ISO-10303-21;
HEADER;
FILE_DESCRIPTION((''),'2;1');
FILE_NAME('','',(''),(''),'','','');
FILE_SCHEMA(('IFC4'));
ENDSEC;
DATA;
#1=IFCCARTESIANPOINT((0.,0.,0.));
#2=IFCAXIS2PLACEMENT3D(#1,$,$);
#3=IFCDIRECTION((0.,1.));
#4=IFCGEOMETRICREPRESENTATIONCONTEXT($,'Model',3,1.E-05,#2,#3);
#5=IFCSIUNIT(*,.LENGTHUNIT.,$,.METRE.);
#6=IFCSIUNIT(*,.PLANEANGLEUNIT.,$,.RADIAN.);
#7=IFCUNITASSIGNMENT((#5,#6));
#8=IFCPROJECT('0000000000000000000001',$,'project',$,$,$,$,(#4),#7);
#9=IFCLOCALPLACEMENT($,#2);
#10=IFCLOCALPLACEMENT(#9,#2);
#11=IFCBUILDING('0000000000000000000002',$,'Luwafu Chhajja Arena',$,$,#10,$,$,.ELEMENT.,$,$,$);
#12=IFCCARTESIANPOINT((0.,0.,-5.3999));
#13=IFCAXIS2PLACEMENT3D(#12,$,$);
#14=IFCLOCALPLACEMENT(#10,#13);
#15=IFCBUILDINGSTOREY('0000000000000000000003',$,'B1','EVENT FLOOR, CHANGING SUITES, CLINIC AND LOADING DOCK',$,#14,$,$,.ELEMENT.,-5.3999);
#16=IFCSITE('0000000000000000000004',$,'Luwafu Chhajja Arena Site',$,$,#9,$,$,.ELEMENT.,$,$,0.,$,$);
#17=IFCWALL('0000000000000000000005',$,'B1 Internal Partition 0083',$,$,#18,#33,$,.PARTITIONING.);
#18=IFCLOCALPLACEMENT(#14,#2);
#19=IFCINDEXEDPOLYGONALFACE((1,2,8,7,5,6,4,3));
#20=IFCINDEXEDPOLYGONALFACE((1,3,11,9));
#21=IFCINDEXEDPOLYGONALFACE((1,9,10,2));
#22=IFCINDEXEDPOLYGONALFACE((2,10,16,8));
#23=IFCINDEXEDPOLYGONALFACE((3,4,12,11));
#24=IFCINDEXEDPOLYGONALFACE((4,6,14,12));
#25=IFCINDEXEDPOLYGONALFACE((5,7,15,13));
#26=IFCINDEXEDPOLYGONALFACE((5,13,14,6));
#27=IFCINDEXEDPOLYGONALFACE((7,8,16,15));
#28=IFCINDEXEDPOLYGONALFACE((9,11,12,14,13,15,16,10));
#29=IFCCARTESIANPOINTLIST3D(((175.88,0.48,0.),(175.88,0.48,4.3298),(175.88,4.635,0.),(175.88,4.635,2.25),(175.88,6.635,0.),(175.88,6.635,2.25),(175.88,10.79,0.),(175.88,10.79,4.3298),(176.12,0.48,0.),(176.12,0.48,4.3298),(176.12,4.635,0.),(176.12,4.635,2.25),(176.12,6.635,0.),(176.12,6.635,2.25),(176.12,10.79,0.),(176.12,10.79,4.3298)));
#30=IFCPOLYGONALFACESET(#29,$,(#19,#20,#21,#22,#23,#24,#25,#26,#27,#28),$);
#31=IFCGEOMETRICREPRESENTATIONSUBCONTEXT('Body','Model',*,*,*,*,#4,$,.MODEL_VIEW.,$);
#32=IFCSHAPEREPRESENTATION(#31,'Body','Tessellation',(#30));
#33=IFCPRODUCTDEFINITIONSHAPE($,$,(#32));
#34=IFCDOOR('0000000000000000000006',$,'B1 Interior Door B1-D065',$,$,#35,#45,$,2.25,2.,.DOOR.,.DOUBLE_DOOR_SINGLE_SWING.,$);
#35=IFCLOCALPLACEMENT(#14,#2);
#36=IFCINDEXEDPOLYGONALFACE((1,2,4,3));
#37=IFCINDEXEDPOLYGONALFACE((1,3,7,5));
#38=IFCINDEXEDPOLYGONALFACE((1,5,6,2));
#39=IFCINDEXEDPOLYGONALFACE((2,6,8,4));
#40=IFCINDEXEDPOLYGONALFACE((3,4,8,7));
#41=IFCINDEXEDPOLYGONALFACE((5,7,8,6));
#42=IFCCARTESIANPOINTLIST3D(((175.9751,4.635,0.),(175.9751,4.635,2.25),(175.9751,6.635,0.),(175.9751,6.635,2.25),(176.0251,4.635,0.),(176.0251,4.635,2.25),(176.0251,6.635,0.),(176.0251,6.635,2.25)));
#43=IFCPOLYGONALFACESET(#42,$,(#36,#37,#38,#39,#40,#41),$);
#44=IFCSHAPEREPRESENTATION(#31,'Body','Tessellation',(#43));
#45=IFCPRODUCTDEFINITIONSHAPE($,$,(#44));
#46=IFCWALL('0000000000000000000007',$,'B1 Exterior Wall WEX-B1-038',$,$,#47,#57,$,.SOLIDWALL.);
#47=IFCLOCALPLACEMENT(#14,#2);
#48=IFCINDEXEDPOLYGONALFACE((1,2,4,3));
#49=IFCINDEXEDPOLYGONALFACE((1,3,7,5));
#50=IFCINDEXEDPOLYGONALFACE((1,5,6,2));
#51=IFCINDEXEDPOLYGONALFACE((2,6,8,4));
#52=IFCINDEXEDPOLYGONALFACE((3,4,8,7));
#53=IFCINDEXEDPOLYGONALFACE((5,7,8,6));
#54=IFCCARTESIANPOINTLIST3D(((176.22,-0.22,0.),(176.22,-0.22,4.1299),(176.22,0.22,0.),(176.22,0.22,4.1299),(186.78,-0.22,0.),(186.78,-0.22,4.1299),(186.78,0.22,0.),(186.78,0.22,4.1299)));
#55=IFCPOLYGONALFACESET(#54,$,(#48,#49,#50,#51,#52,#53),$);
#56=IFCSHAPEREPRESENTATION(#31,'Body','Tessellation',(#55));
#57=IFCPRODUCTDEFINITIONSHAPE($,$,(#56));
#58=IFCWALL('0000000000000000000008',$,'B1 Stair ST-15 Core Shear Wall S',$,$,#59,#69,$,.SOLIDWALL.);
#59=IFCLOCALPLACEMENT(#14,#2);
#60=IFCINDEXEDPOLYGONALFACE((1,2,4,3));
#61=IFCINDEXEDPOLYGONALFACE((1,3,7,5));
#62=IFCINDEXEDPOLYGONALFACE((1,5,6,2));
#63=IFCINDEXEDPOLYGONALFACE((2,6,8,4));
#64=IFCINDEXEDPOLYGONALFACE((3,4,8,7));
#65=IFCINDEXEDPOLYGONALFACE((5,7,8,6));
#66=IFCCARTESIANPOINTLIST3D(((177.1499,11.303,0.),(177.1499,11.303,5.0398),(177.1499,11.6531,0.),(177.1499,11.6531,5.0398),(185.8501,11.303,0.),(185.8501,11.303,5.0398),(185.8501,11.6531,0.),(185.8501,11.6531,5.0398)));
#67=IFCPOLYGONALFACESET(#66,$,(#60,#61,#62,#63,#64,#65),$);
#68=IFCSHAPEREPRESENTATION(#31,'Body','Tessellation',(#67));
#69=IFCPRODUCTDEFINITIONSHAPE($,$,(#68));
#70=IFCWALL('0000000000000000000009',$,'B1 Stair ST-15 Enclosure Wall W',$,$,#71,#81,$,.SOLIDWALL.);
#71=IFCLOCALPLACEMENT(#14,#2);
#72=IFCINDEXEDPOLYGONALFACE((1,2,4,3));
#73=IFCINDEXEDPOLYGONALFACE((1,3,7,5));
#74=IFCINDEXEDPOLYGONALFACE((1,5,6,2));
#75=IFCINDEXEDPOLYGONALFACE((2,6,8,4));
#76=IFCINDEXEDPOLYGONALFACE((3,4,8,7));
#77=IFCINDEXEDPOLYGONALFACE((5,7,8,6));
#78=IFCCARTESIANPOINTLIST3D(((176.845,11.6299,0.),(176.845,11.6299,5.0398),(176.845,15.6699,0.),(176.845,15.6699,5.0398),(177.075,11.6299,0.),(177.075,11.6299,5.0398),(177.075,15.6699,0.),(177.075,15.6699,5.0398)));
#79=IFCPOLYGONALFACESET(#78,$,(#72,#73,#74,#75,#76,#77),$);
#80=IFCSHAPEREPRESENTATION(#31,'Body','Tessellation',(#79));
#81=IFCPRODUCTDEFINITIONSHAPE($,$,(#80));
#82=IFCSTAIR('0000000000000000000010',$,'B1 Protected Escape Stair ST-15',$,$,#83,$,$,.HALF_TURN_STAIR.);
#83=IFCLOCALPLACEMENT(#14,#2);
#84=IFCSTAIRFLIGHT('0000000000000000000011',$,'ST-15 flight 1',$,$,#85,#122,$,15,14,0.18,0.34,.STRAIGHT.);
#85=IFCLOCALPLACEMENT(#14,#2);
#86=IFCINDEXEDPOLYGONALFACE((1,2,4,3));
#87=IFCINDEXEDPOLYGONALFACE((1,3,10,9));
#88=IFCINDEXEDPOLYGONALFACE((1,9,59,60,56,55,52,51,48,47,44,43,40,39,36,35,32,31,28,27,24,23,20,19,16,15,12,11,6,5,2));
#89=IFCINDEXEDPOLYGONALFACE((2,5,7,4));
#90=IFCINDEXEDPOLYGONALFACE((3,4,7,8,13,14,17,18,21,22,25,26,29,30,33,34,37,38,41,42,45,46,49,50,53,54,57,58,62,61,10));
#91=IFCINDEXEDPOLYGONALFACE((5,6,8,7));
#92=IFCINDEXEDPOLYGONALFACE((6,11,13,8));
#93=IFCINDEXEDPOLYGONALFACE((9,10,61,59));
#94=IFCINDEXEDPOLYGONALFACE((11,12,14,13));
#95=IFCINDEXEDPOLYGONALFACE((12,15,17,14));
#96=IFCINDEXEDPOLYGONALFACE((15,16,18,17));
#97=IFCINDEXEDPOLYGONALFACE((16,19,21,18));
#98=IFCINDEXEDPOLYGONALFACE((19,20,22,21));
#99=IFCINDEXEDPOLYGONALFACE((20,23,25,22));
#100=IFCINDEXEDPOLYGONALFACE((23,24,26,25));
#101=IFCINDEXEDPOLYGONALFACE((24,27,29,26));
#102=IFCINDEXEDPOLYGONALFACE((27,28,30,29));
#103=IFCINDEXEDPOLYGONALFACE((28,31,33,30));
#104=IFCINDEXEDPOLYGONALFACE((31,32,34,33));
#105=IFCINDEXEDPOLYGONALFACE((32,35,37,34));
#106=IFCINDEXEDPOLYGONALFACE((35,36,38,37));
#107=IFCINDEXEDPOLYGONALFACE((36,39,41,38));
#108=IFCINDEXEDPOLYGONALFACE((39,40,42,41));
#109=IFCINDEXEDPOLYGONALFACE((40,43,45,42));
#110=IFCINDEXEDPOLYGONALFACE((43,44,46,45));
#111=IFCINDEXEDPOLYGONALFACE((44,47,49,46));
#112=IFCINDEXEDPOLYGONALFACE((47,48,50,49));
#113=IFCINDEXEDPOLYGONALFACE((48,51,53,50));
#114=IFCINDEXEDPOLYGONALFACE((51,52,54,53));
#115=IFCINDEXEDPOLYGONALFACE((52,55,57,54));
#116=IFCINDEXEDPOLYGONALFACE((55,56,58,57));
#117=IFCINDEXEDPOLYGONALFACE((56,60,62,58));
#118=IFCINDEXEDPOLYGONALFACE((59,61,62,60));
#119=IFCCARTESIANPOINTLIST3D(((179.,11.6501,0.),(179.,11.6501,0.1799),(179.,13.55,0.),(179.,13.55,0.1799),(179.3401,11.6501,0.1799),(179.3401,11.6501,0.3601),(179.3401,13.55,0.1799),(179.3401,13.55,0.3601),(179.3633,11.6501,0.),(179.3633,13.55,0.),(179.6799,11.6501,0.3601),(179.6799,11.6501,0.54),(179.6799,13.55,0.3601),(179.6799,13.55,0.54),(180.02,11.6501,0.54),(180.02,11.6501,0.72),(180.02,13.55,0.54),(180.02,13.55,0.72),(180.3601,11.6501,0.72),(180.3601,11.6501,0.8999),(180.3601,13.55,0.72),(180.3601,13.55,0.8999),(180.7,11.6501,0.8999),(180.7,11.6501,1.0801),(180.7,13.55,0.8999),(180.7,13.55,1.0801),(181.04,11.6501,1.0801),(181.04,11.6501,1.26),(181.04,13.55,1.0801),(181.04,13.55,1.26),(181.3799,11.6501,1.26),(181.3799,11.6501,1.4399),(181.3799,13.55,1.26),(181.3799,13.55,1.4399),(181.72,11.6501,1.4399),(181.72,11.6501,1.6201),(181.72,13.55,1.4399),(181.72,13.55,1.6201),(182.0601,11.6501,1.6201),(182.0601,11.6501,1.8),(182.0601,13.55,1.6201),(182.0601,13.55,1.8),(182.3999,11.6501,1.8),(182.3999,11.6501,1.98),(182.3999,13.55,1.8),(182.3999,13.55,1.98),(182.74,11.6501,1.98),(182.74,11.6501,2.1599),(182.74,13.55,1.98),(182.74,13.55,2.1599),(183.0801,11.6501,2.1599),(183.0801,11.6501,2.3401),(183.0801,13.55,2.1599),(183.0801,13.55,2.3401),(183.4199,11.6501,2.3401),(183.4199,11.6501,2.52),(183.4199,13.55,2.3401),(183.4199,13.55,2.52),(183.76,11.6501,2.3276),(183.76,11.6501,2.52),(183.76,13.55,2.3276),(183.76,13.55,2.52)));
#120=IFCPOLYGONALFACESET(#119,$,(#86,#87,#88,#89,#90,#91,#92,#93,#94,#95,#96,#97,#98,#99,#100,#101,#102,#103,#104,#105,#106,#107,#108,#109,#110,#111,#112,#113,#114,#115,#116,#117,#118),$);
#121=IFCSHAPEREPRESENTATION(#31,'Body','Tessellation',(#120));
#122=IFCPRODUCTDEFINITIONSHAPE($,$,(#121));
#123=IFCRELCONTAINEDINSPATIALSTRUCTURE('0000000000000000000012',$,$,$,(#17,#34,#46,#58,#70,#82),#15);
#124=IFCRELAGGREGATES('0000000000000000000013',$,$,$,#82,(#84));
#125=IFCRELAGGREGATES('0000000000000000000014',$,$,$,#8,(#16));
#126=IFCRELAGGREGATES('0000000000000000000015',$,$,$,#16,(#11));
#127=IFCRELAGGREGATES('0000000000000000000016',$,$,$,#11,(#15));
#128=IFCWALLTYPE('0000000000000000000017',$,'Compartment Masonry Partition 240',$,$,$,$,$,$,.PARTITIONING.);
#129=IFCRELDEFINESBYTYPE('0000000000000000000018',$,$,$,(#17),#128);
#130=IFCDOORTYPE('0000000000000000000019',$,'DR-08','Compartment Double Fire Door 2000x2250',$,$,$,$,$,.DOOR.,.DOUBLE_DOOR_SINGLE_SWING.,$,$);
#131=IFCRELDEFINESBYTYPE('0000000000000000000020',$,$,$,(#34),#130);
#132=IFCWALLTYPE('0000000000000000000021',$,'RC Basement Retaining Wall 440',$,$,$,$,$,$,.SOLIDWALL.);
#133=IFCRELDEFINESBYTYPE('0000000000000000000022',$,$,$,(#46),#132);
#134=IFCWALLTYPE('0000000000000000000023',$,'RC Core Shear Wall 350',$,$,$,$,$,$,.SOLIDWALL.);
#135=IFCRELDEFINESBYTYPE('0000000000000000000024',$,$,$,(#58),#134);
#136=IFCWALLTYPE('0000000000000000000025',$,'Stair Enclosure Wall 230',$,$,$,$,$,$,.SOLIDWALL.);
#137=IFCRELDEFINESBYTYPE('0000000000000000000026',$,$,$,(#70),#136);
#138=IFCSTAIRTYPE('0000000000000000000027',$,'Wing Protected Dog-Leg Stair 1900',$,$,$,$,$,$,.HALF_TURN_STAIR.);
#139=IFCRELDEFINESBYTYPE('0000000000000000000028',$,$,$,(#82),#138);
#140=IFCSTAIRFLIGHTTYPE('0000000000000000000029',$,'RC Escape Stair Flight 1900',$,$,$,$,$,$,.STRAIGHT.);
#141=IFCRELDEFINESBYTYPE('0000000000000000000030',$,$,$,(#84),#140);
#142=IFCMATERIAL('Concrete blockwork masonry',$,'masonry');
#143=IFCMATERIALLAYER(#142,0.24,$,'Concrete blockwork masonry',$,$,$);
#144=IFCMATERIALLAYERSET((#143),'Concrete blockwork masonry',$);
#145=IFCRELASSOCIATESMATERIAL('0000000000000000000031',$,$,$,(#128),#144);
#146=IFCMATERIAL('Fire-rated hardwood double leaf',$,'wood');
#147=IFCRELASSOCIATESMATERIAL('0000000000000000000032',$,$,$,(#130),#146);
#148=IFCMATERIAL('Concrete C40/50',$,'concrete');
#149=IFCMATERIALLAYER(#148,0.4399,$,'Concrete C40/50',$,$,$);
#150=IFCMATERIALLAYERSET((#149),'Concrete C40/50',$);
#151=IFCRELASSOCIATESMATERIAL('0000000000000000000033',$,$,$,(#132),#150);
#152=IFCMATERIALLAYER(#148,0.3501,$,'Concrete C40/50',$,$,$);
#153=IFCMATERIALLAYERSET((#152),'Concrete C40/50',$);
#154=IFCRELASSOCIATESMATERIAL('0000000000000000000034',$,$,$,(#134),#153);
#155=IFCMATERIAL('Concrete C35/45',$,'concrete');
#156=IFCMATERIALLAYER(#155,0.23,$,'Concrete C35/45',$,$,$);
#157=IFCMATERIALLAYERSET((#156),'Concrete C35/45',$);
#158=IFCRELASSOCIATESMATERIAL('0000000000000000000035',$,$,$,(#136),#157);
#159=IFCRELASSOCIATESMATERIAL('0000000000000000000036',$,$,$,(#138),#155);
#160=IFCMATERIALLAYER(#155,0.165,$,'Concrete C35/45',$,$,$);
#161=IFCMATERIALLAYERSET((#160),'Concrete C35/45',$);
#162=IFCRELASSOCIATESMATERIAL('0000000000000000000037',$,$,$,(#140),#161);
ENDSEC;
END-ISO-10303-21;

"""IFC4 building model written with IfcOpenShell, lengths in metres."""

from ifc_helpers import new_model, si_unit, direction, frame, frame_2d, origin, place, context, subcontext, project, spatial, polyline, rectangle, outline, extrude, material, layer, layer_set, type_object, element, fill, aggregate, save


model = new_model("IFC4")

# Units and contexts
model_context = context("Model", 3, precision=1e-05, world=origin(), true_north=direction((0.0, 1.0)))
body_context = subcontext(model_context, "Body", "Model", "MODEL_VIEW")
ifc_project = project(units=[si_unit("LENGTHUNIT", "METRE"), si_unit("PLANEANGLEUNIT", "RADIAN")], contexts=[model_context])

# Site, building, storey
site_placement = place(None, origin())
site = spatial("IfcSite", under=ifc_project, at=site_placement, Name="Luwafu Chhajja Arena Site", CompositionType="ELEMENT", RefElevation=0.0)
building_placement = place(site_placement, origin())
building = spatial("IfcBuilding", under=site, at=building_placement, Name="Luwafu Chhajja Arena", CompositionType="ELEMENT")
storey_placement = place(building_placement, frame((0.0, 0.0, -5.3999)))
storey = spatial("IfcBuildingStorey", under=building, at=storey_placement, Name="B1", Description="EVENT FLOOR, CHANGING SUITES, CLINIC AND LOADING DOCK", CompositionType="ELEMENT", Elevation=-5.3999)

# Shared definitions
ifc_material_1 = material(Name="Concrete C35/45", Category="concrete")

# Shared definitions
ifc_material_2 = material(Name="Concrete C40/50", Category="concrete")

# Wall, opening, door
ifc_material_3 = material(Name="Concrete blockwork masonry", Category="masonry")
ifc_layer_1 = layer(ifc_material_3, 0.24, Name="Concrete blockwork masonry")
ifc_layer_set_1 = layer_set([ifc_layer_1], Name="Concrete blockwork masonry")
wall_type_1 = type_object("IfcWallType", Name="Compartment Masonry Partition 240", PredefinedType="PARTITIONING", material=ifc_layer_set_1)
wall_1_placement = place(storey_placement, frame((176.0, 0.48, 0.0), z_axis=(0.0, 0.0, 1.0), x_axis=(0.0, 1.0, 0.0)))
wall_1 = element("IfcWall", 1, at=wall_1_placement, inside=storey, type_object=wall_type_1, Name="B1 Internal Partition 0083", PredefinedType="PARTITIONING", context=body_context, shape_type="SweptSolid", body=[
    extrude(rectangle(XDim=10.3101, YDim=0.24, at=frame_2d((5.155, 0.0))), origin(), (0.0, 0.0, 1.0), 4.3298),
])
opening_placement = place(wall_1_placement, frame((4.155, 0.0, 0.0)))
opening = element("IfcOpeningElement", 2, at=opening_placement, cuts=wall_1, PredefinedType="OPENING", context=body_context, shape_type="SweptSolid", body=[
    extrude(rectangle(XDim=2.0, YDim=2.25, at=frame_2d((1.0, 1.125))), frame((0.0, 0.1299, 0.0), z_axis=(0.0, -1.0, 0.0), x_axis=(1.0, 0.0, 0.0)), (0.0, 0.0, 1.0), 0.26),
])
ifc_material_4 = material(Name="Fire-rated hardwood double leaf", Category="wood")
door_type = type_object("IfcDoorType", Name="DR-08", Description="Compartment Double Fire Door 2000x2250", OperationType="DOUBLE_DOOR_SINGLE_SWING", PredefinedType="DOOR", material=ifc_material_4)
door_placement = place(opening_placement, origin())
door = element("IfcDoor", 3, at=door_placement, inside=storey, type_object=door_type, Name="B1 Interior Door B1-D065", OperationType="DOUBLE_DOOR_SINGLE_SWING", OverallHeight=2.25, OverallWidth=2.0, PredefinedType="DOOR", context=body_context, shape_type="SweptSolid", body=[
    extrude(rectangle(XDim=2.0, YDim=2.25, at=frame_2d((1.0, 1.125))), frame((0.0, 0.0249, 0.0), z_axis=(0.0, -1.0, 0.0), x_axis=(1.0, 0.0, 0.0)), (0.0, 0.0, 1.0), 0.05),
])
fill(opening, door)

# Walls
ifc_layer_2 = layer(ifc_material_2, 0.4399, Name="Concrete C40/50")
ifc_layer_set_2 = layer_set([ifc_layer_2], Name="Concrete C40/50")
wall_type_2 = type_object("IfcWallType", Name="RC Basement Retaining Wall 440", PredefinedType="SOLIDWALL", material=ifc_layer_set_2)
wall_2_placement = place(storey_placement, frame((176.22, 0.0, 0.0), z_axis=(0.0, 0.0, 1.0), x_axis=(1.0, 0.0, 0.0)))
element("IfcWall", 4, at=wall_2_placement, inside=storey, type_object=wall_type_2, Name="B1 Exterior Wall WEX-B1-038", PredefinedType="SOLIDWALL", context=body_context, shape_type="SweptSolid", body=[
    extrude(rectangle(XDim=10.5601, YDim=0.4399, at=frame_2d((5.28, 0.0))), origin(), (0.0, 0.0, 1.0), 4.1299),
])
ifc_layer_3 = layer(ifc_material_2, 0.3501, Name="Concrete C40/50")
ifc_layer_set_3 = layer_set([ifc_layer_3], Name="Concrete C40/50")
wall_type_3 = type_object("IfcWallType", Name="RC Core Shear Wall 350", PredefinedType="SOLIDWALL", material=ifc_layer_set_3)
wall_3_placement = place(storey_placement, frame((177.1499, 11.478, 0.0), z_axis=(0.0, 0.0, 1.0), x_axis=(1.0, 0.0, 0.0)))
element("IfcWall", 5, at=wall_3_placement, inside=storey, type_object=wall_type_3, Name="B1 Stair ST-15 Core Shear Wall S", PredefinedType="SOLIDWALL", context=body_context, shape_type="SweptSolid", body=[
    extrude(rectangle(XDim=8.7002, YDim=0.3501, at=frame_2d((4.3501, 0.0))), origin(), (0.0, 0.0, 1.0), 5.0398),
])
ifc_layer_4 = layer(ifc_material_1, 0.23, Name="Concrete C35/45")
ifc_layer_set_4 = layer_set([ifc_layer_4], Name="Concrete C35/45")
wall_type_4 = type_object("IfcWallType", Name="Stair Enclosure Wall 230", PredefinedType="SOLIDWALL", material=ifc_layer_set_4)
wall_4_placement = place(storey_placement, frame((176.96, 11.6299, 0.0), z_axis=(0.0, 0.0, 1.0), x_axis=(0.0, 1.0, 0.0)))
element("IfcWall", 6, at=wall_4_placement, inside=storey, type_object=wall_type_4, Name="B1 Stair ST-15 Enclosure Wall W", PredefinedType="SOLIDWALL", context=body_context, shape_type="SweptSolid", body=[
    extrude(rectangle(XDim=4.04, YDim=0.23, at=frame_2d((2.02, 0.0))), origin(), (0.0, 0.0, 1.0), 5.0398),
])

# Stair, stair flight
stair_type = type_object("IfcStairType", Name="Wing Protected Dog-Leg Stair 1900", PredefinedType="HALF_TURN_STAIR", material=ifc_material_1)
stair_placement = place(storey_placement, origin())
stair = element("IfcStair", 7, at=stair_placement, inside=storey, type_object=stair_type, Name="B1 Protected Escape Stair ST-15", PredefinedType="HALF_TURN_STAIR")
ifc_layer_5 = layer(ifc_material_1, 0.165, Name="Concrete C35/45")
ifc_layer_set_5 = layer_set([ifc_layer_5], Name="Concrete C35/45")
stair_flight_type = type_object("IfcStairFlightType", Name="RC Escape Stair Flight 1900", PredefinedType="STRAIGHT", material=ifc_layer_set_5)
stair_flight_placement = place(storey_placement, frame((179.0, 12.6001, 0.0), z_axis=(0.0, 0.0, 1.0), x_axis=(1.0, 0.0, 0.0)))
stair_flight = element("IfcStairFlight", 8, at=stair_flight_placement, type_object=stair_flight_type, Name="ST-15 flight 1", NumberOfRisers=15, NumberOfTreads=14, PredefinedType="STRAIGHT", RiserHeight=0.18, TreadLength=0.34, context=body_context, shape_type="SweptSolid", body=[
    extrude(outline(polyline([(0.0, 0.0), (0.0, 0.1799), (0.3401, 0.1799), (0.3401, 0.3601), (0.6799, 0.3601), (0.6799, 0.54), (1.02, 0.54), (1.02, 0.72), (1.3601, 0.72), (1.3601, 0.8999), (1.7, 0.8999), (1.7, 1.0801), (2.04, 1.0801), (2.04, 1.26), (2.3799, 1.26), (2.3799, 1.4399), (2.72, 1.4399), (2.72, 1.6201), (3.0601, 1.6201), (3.0601, 1.8), (3.3999, 1.8), (3.3999, 1.98), (3.74, 1.98), (3.74, 2.1599), (4.0801, 2.1599), (4.0801, 2.3401), (4.4199, 2.3401), (4.4199, 2.52), (4.76, 2.52), (4.76, 2.7), (4.76, 2.3276), (0.3633, 0.0), (0.0, 0.0)])), frame((0.0, 0.95, 0.0), z_axis=(0.0, -1.0, 0.0), x_axis=(1.0, 0.0, 0.0)), (0.0, 0.0, 1.0), 1.8999),
])
aggregate(stair, [stair_flight])

save(model, "model.ifc")
